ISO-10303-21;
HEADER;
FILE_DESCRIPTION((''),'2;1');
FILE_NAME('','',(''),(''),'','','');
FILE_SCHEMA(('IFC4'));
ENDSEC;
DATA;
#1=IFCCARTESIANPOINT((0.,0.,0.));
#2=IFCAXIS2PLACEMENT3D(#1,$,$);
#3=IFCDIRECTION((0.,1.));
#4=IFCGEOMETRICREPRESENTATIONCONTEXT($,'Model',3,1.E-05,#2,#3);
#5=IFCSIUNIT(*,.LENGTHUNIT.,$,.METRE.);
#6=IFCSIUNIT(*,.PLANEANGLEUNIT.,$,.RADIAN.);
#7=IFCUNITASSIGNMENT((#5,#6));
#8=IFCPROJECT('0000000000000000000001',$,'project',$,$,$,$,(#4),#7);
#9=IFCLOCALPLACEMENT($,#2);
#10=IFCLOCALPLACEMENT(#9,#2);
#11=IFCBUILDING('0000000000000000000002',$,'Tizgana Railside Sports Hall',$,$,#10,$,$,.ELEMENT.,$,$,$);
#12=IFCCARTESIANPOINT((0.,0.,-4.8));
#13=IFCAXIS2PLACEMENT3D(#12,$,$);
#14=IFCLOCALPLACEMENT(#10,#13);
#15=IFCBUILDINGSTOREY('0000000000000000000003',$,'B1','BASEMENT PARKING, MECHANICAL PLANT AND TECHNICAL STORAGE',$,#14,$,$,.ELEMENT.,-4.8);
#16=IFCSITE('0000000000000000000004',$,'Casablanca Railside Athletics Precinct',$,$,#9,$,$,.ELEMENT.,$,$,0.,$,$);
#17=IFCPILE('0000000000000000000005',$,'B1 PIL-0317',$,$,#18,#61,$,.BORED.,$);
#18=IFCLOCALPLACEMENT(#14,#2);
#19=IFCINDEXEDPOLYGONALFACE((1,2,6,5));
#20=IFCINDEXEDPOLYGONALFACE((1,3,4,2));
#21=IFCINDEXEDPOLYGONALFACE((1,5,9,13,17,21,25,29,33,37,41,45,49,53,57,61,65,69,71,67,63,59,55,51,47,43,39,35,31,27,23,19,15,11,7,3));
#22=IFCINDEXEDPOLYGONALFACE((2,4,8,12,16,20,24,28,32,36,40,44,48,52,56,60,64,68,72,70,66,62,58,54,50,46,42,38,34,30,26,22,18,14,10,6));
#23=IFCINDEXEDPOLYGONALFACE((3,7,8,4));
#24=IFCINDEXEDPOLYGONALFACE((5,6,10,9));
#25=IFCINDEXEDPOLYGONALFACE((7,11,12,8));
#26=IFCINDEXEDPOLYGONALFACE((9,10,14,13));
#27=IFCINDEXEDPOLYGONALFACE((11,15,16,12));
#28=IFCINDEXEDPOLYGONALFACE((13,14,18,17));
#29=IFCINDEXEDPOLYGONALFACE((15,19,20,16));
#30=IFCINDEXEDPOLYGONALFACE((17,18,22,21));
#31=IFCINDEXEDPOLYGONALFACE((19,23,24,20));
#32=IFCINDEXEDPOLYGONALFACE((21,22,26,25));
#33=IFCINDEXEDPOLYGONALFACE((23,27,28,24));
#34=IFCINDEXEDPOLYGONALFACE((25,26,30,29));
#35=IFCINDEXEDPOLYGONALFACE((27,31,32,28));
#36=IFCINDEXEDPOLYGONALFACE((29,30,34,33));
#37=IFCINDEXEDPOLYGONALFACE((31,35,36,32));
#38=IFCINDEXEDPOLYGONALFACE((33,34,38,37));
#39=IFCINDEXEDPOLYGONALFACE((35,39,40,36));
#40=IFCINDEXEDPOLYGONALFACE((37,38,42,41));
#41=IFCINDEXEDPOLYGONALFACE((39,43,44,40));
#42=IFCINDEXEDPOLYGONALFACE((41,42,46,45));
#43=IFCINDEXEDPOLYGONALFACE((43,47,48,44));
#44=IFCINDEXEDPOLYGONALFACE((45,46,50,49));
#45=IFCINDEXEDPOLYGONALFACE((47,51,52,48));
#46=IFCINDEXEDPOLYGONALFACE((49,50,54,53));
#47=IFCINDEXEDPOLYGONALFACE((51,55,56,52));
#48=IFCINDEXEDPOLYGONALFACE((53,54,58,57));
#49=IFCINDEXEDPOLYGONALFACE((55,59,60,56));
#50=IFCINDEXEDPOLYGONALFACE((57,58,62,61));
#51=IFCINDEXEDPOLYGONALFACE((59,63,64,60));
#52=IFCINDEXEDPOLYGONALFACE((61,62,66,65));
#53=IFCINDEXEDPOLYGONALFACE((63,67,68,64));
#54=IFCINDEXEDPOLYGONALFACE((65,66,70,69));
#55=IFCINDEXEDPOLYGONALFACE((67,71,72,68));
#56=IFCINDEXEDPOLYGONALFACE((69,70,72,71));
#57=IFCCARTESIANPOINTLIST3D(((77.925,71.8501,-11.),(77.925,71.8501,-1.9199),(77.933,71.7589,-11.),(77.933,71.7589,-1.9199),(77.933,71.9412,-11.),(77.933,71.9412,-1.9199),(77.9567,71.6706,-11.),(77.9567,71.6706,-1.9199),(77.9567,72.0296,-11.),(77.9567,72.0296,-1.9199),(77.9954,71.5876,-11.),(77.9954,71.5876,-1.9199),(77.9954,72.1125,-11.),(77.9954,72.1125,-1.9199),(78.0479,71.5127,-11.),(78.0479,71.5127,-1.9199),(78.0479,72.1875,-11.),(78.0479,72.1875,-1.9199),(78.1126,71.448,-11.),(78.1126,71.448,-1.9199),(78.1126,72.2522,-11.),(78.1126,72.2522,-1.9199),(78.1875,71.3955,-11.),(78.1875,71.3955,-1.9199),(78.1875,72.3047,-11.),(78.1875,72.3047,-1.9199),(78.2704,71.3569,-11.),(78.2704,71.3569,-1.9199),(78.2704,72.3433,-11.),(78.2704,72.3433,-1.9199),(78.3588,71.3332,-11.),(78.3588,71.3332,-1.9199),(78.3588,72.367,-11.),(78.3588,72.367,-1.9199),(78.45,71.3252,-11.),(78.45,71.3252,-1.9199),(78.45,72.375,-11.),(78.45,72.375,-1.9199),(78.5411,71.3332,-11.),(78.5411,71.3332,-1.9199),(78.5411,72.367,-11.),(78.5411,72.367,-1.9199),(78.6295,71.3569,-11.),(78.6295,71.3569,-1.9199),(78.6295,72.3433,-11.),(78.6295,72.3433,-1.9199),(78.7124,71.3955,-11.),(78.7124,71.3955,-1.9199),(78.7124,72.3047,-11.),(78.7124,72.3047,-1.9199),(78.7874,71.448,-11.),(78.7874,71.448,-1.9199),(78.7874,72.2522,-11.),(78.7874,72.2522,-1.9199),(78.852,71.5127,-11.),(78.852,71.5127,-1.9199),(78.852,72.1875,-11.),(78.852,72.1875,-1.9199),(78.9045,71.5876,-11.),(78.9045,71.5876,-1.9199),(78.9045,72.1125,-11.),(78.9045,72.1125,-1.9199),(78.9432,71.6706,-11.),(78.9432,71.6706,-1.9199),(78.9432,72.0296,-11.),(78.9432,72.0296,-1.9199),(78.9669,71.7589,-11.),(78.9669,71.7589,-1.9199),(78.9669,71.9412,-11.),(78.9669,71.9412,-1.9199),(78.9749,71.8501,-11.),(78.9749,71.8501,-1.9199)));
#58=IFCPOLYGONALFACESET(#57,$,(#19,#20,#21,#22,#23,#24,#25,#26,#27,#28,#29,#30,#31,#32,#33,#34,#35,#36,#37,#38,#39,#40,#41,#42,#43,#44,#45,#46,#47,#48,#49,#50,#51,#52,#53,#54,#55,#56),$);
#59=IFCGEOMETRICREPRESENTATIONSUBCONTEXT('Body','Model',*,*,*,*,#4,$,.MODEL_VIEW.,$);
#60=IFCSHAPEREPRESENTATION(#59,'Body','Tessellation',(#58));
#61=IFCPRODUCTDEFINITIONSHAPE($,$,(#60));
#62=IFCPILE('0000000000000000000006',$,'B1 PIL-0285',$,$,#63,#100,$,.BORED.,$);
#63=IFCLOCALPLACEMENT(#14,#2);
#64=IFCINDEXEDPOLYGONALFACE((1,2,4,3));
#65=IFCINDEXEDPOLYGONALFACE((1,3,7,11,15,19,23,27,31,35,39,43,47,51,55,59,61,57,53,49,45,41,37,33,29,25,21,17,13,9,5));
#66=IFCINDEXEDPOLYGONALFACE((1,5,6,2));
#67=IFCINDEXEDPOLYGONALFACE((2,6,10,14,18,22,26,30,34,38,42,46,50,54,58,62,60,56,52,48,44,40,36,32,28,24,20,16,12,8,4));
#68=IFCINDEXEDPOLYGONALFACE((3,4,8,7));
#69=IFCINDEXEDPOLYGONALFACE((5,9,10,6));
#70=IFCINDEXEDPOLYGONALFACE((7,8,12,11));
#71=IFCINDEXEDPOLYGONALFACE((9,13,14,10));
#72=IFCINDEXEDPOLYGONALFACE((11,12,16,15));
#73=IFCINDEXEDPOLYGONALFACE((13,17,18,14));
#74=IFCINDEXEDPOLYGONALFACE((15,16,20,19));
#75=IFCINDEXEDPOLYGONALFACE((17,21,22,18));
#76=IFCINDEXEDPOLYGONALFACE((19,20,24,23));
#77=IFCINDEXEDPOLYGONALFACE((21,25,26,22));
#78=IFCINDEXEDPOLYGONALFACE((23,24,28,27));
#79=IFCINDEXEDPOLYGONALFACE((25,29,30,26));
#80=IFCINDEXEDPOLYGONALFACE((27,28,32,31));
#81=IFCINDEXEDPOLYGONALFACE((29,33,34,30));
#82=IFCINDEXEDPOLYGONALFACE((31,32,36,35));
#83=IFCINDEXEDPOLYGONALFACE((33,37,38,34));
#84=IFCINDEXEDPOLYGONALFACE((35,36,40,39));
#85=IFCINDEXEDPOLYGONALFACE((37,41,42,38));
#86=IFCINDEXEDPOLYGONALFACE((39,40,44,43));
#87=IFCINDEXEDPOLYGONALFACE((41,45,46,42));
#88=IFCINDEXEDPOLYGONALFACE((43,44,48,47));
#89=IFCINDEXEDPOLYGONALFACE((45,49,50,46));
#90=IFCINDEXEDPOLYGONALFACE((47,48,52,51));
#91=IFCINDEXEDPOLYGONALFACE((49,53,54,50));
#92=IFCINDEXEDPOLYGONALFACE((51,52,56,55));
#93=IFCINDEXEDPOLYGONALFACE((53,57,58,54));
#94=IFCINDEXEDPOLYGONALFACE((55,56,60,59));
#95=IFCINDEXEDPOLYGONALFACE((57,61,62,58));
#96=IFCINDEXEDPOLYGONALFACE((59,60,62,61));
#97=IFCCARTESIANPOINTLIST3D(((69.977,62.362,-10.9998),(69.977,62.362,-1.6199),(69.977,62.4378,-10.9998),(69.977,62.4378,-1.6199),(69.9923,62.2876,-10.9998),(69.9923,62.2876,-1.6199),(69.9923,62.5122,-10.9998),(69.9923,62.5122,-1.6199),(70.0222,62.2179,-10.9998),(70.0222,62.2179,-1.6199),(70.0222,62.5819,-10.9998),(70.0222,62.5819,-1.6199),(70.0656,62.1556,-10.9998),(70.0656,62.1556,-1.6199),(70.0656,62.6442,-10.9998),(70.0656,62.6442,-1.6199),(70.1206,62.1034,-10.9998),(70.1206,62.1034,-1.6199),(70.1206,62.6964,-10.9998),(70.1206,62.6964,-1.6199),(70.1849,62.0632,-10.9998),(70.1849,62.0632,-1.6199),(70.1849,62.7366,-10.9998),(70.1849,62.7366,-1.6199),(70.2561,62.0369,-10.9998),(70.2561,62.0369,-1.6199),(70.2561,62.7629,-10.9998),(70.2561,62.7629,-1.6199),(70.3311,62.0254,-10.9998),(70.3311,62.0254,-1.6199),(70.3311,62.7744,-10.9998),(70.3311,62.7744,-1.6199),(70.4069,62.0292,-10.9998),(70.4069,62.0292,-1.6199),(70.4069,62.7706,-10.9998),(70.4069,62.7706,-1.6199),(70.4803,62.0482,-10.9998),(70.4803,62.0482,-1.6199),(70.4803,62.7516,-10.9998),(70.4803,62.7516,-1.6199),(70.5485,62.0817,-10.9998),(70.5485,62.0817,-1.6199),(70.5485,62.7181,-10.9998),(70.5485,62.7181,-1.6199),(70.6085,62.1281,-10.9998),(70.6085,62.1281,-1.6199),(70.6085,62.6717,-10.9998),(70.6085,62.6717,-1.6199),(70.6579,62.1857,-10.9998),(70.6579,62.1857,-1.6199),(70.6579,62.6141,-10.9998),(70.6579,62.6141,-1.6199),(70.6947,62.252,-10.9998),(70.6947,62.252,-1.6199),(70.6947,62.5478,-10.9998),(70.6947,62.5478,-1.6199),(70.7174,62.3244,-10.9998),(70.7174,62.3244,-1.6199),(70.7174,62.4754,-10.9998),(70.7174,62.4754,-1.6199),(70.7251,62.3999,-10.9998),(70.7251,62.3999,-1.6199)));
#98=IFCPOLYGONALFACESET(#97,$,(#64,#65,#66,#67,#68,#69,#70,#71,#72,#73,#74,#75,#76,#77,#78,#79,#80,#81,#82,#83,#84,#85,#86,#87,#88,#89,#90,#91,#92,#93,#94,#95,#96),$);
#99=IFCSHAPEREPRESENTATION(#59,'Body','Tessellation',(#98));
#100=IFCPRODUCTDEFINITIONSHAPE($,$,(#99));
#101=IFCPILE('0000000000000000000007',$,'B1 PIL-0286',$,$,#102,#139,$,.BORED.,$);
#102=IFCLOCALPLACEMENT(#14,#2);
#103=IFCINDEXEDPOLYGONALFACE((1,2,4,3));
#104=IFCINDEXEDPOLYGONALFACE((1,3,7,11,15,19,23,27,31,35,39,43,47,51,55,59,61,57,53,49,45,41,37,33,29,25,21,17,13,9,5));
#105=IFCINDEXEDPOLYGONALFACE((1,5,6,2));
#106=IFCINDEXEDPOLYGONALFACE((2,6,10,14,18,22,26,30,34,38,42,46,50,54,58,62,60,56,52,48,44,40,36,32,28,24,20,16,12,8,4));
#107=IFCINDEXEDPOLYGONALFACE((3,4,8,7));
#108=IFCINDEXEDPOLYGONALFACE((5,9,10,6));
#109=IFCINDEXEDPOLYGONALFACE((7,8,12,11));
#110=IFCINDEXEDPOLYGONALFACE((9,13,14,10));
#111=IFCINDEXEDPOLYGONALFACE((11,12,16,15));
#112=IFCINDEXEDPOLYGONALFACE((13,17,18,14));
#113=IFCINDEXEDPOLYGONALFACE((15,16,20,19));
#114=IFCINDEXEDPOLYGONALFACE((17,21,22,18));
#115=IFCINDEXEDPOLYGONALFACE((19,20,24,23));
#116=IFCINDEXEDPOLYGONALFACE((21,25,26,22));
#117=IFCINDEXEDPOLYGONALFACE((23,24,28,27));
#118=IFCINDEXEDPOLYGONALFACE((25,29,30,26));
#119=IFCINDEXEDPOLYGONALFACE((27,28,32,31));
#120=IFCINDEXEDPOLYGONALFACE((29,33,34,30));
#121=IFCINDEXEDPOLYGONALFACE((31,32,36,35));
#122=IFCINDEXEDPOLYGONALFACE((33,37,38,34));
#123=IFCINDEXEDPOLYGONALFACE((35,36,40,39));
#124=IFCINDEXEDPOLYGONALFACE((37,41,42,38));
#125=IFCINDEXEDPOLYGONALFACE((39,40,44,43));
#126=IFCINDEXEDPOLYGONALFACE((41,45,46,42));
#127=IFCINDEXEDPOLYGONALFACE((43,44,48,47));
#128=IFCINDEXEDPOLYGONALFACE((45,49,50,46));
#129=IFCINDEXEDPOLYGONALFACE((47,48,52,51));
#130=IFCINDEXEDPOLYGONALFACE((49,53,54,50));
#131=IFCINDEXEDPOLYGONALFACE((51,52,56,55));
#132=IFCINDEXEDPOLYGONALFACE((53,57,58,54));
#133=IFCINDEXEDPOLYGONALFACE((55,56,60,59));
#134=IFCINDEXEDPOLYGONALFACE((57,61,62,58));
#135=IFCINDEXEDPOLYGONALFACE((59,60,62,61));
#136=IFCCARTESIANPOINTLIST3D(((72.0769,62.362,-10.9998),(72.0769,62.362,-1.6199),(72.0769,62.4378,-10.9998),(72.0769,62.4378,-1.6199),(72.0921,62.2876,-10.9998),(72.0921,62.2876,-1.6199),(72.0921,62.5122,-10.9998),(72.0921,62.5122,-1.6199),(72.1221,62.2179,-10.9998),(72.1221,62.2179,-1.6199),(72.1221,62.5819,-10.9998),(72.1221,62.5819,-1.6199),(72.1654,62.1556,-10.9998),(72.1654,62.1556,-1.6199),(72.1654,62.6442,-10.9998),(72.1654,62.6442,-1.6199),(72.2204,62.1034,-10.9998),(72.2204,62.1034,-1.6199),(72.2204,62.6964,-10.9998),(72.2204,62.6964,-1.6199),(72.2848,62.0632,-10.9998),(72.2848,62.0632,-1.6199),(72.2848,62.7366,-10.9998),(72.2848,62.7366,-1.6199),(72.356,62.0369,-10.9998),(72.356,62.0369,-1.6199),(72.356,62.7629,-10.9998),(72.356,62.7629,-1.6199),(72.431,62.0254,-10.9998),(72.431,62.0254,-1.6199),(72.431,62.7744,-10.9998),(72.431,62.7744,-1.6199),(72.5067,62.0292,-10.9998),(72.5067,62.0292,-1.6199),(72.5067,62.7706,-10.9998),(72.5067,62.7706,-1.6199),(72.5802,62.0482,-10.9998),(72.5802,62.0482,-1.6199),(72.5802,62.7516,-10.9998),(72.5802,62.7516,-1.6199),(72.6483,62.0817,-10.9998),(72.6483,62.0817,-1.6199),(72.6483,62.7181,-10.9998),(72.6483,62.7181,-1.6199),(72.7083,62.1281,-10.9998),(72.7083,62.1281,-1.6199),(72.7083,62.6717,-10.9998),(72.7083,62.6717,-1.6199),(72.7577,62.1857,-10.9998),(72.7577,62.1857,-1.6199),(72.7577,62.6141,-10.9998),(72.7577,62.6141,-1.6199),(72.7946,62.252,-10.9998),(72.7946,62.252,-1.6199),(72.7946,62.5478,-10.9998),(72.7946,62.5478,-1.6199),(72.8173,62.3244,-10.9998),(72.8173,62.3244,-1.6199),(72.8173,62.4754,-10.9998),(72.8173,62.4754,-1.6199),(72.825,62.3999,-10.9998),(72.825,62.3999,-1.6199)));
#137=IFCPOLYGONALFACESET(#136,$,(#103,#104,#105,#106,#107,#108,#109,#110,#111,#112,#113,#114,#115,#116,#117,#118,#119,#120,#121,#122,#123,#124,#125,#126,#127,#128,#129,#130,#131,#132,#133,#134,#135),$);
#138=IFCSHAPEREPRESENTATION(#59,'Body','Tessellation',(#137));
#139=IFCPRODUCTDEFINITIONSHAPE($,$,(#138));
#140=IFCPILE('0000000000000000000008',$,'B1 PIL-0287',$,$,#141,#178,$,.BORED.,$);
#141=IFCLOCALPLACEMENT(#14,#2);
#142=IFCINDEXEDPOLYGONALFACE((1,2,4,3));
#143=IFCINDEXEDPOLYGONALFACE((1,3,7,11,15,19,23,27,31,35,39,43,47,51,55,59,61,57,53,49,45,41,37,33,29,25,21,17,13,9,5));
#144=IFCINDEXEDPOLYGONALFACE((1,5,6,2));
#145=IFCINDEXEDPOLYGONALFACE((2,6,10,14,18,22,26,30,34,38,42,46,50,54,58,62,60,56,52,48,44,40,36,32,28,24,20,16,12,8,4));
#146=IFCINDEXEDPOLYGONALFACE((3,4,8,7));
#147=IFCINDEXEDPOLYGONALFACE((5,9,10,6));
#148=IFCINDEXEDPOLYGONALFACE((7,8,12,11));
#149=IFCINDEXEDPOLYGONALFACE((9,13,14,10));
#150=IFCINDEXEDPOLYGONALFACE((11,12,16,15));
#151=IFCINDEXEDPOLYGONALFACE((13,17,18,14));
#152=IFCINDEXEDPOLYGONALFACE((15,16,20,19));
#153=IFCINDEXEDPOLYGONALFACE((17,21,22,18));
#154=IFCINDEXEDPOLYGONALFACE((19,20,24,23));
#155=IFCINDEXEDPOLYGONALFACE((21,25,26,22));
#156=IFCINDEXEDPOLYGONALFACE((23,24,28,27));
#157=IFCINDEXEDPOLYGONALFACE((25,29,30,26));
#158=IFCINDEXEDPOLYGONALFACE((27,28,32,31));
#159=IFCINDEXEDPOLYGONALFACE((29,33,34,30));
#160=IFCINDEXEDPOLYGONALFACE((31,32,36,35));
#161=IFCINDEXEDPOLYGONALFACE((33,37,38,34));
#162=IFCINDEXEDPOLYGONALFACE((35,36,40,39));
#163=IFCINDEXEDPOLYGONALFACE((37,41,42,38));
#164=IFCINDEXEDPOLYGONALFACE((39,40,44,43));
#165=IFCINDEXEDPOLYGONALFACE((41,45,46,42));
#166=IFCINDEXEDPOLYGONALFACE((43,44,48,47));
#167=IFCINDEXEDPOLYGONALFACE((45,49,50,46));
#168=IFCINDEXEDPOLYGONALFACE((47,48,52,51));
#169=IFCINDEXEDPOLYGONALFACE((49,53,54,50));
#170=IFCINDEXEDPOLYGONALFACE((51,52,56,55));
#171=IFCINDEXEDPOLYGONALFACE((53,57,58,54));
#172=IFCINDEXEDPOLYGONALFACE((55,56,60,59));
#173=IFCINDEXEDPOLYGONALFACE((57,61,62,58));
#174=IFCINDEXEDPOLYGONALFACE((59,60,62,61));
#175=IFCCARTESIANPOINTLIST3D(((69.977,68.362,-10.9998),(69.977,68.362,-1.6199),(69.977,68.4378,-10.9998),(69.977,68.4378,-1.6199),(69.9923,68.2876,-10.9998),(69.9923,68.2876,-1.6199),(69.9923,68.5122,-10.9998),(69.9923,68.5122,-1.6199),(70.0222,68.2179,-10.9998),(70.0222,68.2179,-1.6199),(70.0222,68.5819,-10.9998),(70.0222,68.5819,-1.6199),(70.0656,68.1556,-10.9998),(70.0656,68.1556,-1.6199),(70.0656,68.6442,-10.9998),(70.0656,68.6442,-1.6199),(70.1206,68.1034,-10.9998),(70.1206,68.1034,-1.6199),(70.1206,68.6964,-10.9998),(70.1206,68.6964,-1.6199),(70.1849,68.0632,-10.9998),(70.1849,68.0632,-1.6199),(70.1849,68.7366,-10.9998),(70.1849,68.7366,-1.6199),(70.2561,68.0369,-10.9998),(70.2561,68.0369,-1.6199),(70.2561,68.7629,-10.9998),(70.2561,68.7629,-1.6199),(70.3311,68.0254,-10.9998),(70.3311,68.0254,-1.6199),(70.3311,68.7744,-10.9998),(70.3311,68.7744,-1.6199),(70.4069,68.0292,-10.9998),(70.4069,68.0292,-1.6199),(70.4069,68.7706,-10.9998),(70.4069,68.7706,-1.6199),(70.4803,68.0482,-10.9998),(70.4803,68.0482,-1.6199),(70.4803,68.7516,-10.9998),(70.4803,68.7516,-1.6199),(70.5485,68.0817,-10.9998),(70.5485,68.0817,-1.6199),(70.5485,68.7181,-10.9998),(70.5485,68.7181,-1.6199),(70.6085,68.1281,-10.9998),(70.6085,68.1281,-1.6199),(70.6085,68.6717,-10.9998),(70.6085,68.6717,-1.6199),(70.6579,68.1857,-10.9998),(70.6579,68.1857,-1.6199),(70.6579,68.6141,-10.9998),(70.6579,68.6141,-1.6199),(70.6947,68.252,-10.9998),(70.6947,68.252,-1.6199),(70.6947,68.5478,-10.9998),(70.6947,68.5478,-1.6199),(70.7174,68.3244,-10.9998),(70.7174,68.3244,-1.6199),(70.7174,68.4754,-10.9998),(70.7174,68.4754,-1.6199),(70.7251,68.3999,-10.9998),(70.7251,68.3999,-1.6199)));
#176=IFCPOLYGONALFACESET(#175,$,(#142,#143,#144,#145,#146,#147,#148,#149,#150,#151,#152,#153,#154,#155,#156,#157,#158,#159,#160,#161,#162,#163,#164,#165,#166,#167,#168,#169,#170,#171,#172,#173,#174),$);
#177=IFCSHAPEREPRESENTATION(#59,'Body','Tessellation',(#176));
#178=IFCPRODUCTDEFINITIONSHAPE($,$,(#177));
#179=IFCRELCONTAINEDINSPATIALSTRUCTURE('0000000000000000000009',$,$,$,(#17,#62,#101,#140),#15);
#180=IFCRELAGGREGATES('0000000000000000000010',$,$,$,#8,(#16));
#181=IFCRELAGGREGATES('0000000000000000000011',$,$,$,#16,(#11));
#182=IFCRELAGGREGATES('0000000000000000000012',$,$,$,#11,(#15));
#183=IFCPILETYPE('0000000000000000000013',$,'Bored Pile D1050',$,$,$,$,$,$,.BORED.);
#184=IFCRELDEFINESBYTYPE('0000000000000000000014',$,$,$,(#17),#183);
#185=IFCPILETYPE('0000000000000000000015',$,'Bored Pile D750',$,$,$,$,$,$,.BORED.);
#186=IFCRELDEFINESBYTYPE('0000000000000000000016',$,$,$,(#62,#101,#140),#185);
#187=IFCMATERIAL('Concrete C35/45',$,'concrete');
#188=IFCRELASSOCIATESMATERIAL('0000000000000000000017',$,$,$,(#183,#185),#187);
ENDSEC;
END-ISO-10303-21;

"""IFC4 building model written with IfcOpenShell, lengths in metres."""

from ifc_helpers import new_model, si_unit, direction, frame, origin, origin_2d, place, context, subcontext, project, spatial, circle, extrude, material, material_profile, profile_set, type_object, element, save


model = new_model("IFC4")

# Units and contexts
model_context = context("Model", 3, precision=1e-05, world=origin(), true_north=direction((0.0, 1.0)))
body_context = subcontext(model_context, "Body", "Model", "MODEL_VIEW")
ifc_project = project(units=[si_unit("LENGTHUNIT", "METRE"), si_unit("PLANEANGLEUNIT", "RADIAN")], contexts=[model_context])

# Site, building, storey
site_placement = place(None, origin())
site = spatial("IfcSite", under=ifc_project, at=site_placement, Name="Casablanca Railside Athletics Precinct", CompositionType="ELEMENT", RefElevation=0.0)
building_placement = place(site_placement, origin())
building = spatial("IfcBuilding", under=site, at=building_placement, Name="Tizgana Railside Sports Hall", CompositionType="ELEMENT")
storey_placement = place(building_placement, frame((0.0, 0.0, -4.8)))
storey = spatial("IfcBuildingStorey", under=building, at=storey_placement, Name="B1", Description="BASEMENT PARKING, MECHANICAL PLANT AND TECHNICAL STORAGE", CompositionType="ELEMENT", Elevation=-4.8)

# Piles
ifc_material_1 = material(Name="Concrete C35/45", Category="concrete")
ifc_material_profile_1 = material_profile(ifc_material_1, circle(Radius=0.5249, at=origin_2d()), Name="PILE D1050")
ifc_profile_set_1 = profile_set([ifc_material_profile_1], Name="Concrete C35/45")
pile_type_1 = type_object("IfcPileType", Name="Bored Pile D1050", PredefinedType="BORED", material=ifc_profile_set_1)
pile_placement = place(storey_placement, frame((78.45, 71.8501, -1.9199), z_axis=(0.0, 0.0, -1.0), x_axis=(1.0, 0.0, 0.0)))
element("IfcPile", 1, at=pile_placement, inside=storey, type_object=pile_type_1, Name="B1 PIL-0317", PredefinedType="BORED", context=body_context, shape_type="SweptSolid", body=[
    extrude(circle(Radius=0.5249, at=origin_2d()), origin(), (0.0, 0.0, 1.0), 9.0801),
])
ifc_material_profile_2 = material_profile(ifc_material_1, circle(Radius=0.375, at=origin_2d()), Name="PILE D750")
ifc_profile_set_2 = profile_set([ifc_material_profile_2], Name="Concrete C35/45")
pile_type_2 = type_object("IfcPileType", Name="Bored Pile D750", PredefinedType="BORED", material=ifc_profile_set_2)
for number, where, z_axis, x_axis, name in (
    (2, (70.3501, 62.3999, -1.6199), (0.0, 0.0, -1.0), (1.0, 0.0, 0.0), "B1 PIL-0285"),
    (3, (72.45, 62.3999, -1.6199), (0.0, 0.0, -1.0), (1.0, 0.0, 0.0), "B1 PIL-0286"),
    (4, (70.3501, 68.3999, -1.6199), (0.0, 0.0, -1.0), (1.0, 0.0, 0.0), "B1 PIL-0287"),
):
    element("IfcPile", number, at=place(storey_placement, frame(where, z_axis=z_axis, x_axis=x_axis)), inside=storey, type_object=pile_type_2, Name=name, PredefinedType="BORED", context=body_context, shape_type="SweptSolid", body=[
        extrude(circle(Radius=0.375, at=origin_2d()), origin(), (0.0, 0.0, 1.0), 9.3799),
    ])

save(model, "model.ifc")
